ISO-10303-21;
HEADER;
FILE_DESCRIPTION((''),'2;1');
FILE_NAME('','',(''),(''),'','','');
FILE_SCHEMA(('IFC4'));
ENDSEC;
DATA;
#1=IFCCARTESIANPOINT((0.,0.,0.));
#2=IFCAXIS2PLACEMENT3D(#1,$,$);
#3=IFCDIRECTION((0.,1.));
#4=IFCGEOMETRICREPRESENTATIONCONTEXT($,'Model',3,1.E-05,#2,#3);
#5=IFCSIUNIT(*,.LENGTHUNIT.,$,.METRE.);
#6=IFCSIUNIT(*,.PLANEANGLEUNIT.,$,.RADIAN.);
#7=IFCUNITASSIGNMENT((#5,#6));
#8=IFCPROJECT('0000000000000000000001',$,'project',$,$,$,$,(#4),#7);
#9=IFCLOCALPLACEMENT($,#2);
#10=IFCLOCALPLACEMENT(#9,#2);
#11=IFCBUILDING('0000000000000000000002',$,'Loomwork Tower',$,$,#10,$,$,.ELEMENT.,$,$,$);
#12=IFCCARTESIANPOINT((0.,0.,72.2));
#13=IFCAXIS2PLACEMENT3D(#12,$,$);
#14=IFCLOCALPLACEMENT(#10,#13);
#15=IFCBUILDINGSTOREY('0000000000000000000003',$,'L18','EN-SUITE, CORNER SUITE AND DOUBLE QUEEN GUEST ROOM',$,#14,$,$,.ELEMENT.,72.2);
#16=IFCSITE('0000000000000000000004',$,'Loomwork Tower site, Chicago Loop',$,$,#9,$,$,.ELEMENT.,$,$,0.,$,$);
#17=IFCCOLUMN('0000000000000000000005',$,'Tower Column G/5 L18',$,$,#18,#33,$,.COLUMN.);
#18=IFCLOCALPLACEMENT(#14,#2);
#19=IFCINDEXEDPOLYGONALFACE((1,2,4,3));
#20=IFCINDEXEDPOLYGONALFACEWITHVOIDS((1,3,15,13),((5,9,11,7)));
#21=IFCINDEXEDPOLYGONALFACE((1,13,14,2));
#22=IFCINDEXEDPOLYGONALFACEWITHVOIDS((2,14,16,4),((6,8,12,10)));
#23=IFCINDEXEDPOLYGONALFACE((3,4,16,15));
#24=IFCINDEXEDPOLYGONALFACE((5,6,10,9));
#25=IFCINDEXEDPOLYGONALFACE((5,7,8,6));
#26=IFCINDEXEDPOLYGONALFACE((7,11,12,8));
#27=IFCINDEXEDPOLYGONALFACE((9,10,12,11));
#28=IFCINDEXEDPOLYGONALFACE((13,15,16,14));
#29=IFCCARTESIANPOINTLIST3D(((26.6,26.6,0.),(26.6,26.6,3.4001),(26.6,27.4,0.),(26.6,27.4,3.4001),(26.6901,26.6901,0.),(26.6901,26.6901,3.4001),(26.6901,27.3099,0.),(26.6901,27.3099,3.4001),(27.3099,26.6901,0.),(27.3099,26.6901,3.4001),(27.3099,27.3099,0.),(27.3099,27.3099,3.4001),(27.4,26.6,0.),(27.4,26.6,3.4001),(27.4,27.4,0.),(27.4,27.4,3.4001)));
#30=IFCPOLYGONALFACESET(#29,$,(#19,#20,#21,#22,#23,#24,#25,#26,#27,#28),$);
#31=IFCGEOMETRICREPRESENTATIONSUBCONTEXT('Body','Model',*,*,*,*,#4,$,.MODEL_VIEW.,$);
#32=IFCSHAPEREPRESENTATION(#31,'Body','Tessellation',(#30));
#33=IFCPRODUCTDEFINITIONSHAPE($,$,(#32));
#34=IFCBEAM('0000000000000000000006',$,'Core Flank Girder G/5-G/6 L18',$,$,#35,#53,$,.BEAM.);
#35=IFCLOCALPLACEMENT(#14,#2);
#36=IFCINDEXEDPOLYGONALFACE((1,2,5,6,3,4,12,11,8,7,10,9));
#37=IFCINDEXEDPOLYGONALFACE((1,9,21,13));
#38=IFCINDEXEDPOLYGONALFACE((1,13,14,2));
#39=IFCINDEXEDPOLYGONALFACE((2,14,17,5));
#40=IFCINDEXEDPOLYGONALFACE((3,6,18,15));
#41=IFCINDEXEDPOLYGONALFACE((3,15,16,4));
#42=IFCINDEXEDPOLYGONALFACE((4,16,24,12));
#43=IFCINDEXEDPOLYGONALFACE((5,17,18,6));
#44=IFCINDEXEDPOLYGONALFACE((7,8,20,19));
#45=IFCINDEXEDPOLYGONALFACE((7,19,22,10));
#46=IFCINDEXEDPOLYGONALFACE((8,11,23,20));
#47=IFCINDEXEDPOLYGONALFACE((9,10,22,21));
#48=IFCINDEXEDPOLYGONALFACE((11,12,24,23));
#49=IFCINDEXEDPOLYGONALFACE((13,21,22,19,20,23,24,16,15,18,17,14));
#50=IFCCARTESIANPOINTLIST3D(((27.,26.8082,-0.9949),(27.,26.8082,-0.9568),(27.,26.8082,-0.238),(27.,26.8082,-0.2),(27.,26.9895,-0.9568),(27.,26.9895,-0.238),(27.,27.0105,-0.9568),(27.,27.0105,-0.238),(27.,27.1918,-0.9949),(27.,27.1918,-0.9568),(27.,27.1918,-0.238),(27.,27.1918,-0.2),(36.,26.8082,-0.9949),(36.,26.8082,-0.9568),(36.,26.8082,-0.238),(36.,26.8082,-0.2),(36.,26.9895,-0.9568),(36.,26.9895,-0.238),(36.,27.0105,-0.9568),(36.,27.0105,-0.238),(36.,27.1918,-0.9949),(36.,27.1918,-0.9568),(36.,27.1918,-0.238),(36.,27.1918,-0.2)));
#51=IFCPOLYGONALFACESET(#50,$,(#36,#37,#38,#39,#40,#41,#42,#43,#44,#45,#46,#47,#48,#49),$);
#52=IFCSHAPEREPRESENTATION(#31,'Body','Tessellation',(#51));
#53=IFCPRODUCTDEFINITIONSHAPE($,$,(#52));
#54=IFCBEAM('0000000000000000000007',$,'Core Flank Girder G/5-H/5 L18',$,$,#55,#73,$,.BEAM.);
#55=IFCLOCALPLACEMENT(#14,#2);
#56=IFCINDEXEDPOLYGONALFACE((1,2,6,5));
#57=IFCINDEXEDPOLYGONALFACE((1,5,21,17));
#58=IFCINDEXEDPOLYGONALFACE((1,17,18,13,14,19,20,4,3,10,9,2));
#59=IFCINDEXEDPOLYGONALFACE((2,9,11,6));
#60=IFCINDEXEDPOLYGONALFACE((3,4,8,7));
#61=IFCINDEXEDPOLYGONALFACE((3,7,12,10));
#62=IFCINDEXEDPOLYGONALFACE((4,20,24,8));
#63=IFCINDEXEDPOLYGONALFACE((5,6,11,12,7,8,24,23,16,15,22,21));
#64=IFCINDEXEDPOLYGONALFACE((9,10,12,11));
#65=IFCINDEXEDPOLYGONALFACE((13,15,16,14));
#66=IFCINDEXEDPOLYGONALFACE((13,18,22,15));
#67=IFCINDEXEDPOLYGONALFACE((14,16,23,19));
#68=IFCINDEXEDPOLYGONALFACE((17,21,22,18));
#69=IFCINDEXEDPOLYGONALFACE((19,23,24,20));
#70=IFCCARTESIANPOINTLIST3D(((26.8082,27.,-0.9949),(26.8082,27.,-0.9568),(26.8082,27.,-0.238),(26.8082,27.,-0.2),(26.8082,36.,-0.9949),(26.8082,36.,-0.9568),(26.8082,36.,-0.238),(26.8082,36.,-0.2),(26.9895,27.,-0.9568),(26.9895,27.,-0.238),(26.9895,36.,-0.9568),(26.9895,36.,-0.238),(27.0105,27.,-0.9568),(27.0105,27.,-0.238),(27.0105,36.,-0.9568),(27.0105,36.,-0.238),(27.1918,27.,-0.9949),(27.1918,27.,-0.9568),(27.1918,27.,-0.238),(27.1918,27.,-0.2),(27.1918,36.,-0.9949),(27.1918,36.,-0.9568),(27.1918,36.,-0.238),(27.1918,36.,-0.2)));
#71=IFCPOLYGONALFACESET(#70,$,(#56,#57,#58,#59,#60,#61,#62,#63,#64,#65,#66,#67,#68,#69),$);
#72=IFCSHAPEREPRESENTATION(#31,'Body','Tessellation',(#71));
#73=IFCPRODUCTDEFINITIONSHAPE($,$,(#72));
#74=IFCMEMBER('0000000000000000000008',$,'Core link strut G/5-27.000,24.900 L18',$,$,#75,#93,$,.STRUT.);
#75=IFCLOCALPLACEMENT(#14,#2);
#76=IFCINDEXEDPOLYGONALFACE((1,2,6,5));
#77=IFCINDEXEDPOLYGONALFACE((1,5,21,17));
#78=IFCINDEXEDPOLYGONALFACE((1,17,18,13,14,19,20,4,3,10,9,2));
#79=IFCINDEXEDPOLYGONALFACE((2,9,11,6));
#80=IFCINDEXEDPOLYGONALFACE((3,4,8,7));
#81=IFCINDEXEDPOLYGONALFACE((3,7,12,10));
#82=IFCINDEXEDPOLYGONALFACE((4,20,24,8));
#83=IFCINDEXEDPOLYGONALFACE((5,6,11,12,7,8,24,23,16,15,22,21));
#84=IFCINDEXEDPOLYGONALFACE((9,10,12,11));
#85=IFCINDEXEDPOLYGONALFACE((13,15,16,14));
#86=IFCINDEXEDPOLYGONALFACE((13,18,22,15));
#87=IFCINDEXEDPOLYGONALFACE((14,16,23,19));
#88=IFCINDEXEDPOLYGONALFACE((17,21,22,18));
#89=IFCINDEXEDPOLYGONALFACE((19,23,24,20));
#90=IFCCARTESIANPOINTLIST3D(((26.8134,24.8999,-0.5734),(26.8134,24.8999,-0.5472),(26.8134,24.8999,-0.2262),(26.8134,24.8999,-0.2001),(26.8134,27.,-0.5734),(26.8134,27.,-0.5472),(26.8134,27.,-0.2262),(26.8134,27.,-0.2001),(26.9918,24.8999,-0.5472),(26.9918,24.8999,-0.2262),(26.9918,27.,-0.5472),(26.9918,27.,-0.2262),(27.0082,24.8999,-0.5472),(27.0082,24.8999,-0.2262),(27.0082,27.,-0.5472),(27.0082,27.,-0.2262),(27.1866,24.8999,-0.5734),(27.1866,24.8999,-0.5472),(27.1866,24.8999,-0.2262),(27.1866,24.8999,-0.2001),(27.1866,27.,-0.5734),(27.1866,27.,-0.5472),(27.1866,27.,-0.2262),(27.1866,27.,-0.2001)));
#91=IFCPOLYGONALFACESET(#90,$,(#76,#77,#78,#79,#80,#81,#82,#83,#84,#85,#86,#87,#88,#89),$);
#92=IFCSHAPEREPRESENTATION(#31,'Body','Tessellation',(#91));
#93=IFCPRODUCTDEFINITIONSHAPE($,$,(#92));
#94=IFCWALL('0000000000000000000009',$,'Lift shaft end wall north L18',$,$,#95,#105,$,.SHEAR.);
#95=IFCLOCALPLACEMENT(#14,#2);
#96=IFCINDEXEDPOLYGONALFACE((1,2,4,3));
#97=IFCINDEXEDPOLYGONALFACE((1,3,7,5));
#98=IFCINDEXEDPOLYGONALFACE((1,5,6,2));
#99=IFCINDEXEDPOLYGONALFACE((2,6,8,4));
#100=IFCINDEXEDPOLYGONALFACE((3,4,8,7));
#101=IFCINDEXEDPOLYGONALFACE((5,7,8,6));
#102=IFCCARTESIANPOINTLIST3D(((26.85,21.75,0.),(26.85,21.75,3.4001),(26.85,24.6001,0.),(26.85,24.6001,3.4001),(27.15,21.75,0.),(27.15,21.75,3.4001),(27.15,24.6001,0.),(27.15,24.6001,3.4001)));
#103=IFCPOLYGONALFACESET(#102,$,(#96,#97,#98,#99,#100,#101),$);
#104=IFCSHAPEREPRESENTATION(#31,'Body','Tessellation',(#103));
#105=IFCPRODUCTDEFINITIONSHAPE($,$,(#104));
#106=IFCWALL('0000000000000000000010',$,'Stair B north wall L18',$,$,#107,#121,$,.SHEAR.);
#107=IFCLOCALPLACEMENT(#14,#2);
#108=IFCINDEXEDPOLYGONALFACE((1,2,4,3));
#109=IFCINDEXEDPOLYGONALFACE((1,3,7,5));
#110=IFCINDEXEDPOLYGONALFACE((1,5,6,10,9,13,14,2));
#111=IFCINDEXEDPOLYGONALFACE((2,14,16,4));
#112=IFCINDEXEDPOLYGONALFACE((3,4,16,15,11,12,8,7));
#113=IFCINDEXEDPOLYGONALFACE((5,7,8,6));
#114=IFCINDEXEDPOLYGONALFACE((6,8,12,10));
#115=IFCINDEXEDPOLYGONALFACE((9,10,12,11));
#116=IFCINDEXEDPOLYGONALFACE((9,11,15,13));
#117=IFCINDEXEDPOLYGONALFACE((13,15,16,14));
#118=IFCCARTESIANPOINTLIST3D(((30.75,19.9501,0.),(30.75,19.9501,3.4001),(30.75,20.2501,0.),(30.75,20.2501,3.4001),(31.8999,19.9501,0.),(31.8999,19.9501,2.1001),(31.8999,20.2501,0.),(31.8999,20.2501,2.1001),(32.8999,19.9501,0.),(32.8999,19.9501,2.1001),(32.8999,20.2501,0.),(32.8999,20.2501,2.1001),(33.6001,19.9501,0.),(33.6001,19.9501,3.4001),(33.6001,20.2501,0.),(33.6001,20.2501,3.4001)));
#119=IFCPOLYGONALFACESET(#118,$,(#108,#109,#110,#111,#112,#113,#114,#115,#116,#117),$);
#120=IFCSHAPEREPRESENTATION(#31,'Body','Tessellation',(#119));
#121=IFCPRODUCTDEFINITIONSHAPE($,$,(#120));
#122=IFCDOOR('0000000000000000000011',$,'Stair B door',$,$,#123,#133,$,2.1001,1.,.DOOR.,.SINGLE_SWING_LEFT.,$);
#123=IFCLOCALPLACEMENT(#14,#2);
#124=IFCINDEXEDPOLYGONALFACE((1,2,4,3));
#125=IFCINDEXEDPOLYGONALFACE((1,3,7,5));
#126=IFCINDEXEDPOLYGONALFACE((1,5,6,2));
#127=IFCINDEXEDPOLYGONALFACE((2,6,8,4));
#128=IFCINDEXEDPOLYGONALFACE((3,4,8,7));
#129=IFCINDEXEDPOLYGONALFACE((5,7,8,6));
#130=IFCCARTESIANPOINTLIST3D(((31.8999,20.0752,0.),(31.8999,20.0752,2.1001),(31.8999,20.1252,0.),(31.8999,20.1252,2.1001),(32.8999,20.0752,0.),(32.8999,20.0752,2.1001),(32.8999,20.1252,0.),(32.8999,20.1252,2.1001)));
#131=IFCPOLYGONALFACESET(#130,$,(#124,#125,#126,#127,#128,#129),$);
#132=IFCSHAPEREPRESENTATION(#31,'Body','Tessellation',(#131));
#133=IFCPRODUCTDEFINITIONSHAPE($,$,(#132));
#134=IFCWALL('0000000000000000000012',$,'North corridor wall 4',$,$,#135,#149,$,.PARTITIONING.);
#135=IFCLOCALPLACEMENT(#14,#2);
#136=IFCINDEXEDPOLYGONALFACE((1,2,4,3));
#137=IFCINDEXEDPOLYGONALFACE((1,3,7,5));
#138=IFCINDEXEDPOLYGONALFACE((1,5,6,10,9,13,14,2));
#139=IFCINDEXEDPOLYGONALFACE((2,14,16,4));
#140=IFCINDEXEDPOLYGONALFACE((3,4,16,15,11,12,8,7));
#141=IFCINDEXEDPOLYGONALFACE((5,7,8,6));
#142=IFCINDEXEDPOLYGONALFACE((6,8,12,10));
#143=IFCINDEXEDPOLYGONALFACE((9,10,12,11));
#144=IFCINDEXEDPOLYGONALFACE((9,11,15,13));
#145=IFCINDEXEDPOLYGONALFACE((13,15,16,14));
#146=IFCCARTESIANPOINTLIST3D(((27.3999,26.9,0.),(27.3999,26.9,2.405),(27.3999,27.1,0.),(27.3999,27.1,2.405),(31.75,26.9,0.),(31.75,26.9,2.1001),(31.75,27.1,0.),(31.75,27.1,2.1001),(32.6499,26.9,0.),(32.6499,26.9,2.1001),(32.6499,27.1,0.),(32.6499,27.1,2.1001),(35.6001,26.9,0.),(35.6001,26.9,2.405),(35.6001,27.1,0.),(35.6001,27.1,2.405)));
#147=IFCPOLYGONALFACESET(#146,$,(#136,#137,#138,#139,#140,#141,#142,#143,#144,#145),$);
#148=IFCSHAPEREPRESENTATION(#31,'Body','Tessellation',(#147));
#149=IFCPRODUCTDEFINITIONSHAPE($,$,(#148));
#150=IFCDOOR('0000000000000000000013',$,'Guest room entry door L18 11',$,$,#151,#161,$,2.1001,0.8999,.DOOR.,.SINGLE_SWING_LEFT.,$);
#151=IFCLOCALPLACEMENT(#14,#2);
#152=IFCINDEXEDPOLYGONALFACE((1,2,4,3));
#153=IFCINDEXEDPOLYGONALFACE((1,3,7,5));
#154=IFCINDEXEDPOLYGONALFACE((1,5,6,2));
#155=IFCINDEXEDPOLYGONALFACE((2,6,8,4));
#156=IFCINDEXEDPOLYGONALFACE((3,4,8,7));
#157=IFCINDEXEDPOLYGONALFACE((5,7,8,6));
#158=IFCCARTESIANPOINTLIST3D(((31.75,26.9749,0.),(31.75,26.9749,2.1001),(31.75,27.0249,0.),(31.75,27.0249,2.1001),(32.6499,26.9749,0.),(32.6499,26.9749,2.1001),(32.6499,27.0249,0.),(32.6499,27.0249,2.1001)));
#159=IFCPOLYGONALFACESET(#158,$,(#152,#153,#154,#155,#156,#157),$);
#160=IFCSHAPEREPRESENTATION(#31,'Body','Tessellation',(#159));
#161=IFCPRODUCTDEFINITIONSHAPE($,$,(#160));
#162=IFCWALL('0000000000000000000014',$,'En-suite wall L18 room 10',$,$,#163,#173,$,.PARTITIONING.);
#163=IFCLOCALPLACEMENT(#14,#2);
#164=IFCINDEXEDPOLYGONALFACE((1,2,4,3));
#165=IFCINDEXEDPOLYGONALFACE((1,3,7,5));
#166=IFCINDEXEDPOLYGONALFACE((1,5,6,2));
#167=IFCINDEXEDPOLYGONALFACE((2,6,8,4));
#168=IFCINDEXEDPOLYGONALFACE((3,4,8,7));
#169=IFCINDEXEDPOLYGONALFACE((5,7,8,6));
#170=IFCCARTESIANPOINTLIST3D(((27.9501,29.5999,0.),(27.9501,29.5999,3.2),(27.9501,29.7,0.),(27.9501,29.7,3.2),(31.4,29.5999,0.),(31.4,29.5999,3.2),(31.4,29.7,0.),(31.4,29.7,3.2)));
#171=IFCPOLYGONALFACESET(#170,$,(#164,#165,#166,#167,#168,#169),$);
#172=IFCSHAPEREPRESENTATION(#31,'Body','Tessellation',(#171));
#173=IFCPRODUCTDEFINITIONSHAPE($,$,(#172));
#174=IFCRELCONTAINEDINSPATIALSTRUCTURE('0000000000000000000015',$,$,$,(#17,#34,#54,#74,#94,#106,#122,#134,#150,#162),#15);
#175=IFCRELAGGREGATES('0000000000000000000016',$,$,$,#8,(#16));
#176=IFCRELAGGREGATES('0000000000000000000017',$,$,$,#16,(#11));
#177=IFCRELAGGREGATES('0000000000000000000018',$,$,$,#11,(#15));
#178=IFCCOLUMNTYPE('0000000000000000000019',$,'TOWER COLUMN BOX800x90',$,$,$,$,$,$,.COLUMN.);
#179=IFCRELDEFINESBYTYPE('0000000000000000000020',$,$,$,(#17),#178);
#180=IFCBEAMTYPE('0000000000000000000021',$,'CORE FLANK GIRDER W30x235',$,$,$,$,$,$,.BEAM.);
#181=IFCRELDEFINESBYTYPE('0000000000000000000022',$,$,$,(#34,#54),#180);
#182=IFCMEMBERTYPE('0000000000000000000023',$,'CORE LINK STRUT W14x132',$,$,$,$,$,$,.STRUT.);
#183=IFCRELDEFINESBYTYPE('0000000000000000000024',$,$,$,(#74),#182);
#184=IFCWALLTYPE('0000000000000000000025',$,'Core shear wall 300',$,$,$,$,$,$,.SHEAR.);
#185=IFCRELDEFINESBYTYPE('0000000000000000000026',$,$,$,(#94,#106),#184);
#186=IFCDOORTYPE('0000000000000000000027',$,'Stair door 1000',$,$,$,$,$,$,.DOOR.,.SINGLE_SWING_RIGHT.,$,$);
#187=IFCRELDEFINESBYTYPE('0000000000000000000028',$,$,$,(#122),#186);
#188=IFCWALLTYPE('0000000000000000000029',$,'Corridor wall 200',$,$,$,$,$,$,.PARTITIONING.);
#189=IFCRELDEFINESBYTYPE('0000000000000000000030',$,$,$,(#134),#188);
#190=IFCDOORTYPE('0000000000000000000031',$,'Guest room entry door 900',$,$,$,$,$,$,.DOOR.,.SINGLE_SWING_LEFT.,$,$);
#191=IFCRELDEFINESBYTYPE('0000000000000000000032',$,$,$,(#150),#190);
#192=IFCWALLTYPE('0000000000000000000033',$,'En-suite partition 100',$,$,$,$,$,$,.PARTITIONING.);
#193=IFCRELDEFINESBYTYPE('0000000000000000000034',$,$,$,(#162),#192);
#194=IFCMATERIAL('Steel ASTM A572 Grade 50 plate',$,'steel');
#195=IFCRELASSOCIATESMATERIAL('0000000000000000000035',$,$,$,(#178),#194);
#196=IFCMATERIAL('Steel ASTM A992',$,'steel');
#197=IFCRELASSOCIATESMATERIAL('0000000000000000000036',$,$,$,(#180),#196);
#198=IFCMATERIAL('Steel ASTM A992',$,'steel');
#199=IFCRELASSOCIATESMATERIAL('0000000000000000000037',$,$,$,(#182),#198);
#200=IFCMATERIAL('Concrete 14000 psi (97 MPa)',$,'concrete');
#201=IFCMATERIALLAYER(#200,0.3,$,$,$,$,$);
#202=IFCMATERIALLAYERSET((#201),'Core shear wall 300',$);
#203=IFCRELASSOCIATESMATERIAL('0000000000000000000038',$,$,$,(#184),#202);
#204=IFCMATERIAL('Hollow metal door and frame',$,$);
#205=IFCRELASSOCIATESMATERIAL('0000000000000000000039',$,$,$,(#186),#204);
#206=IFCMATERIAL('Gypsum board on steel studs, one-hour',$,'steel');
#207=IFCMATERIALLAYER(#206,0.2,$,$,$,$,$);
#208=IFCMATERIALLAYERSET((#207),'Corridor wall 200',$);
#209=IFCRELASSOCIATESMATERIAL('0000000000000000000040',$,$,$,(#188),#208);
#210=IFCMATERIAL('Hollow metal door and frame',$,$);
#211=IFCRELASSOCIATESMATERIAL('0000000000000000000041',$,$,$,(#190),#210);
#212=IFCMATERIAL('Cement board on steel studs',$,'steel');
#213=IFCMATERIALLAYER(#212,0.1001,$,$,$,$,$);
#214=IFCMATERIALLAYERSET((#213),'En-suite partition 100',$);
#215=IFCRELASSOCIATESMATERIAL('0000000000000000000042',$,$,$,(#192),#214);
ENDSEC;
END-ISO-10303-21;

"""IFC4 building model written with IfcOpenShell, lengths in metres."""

from ifc_helpers import new_model, si_unit, direction, frame, frame_2d, origin, origin_2d, place, context, subcontext, project, spatial, rectangle, hollow_rectangle, i_section, extrude, material, layer, layer_set, material_profile, profile_set, type_object, element, fill, save


model = new_model("IFC4")

# Units and contexts
model_context = context("Model", 3, precision=1e-05, world=origin(), true_north=direction((0.0, 1.0)))
body_context = subcontext(model_context, "Body", "Model", "MODEL_VIEW")
ifc_project = project(units=[si_unit("LENGTHUNIT", "METRE"), si_unit("PLANEANGLEUNIT", "RADIAN")], contexts=[model_context])

# Site, building, storey
site_placement = place(None, origin())
site = spatial("IfcSite", under=ifc_project, at=site_placement, Name="Loomwork Tower site, Chicago Loop", CompositionType="ELEMENT", RefElevation=0.0)
building_placement = place(site_placement, origin())
building = spatial("IfcBuilding", under=site, at=building_placement, Name="Loomwork Tower", CompositionType="ELEMENT")
storey_placement = place(building_placement, frame((0.0, 0.0, 72.2)))
storey = spatial("IfcBuildingStorey", under=building, at=storey_placement, Name="L18", Description="EN-SUITE, CORNER SUITE AND DOUBLE QUEEN GUEST ROOM", CompositionType="ELEMENT", Elevation=72.2)

# Column
ifc_material_1 = material(Name="Steel ASTM A572 Grade 50 plate", Category="steel")
ifc_material_profile_1 = material_profile(ifc_material_1, hollow_rectangle(XDim=0.8, YDim=0.8, WallThickness=0.0901, at=origin_2d()), Name="BOX800x90")
ifc_profile_set_1 = profile_set([ifc_material_profile_1], Name="Steel ASTM A572 Grade 50 plate")
column_type = type_object("IfcColumnType", Name="TOWER COLUMN BOX800x90", PredefinedType="COLUMN", material=ifc_profile_set_1)
column_placement = place(storey_placement, frame((27.0, 27.0, 0.0), z_axis=(0.0, 0.0, 1.0), x_axis=(1.0, 0.0, 0.0)))
element("IfcColumn", 1, at=column_placement, inside=storey, type_object=column_type, Name="Tower Column G/5 L18", PredefinedType="COLUMN", context=body_context, shape_type="SweptSolid", body=[
    extrude(hollow_rectangle(XDim=0.8, YDim=0.8, WallThickness=0.0901, at=origin_2d()), origin(), (0.0, 0.0, 1.0), 3.4001),
])

# Beams
ifc_material_2 = material(Name="Steel ASTM A992", Category="steel")
ifc_material_profile_2 = material_profile(ifc_material_2, i_section(OverallWidth=0.3835, OverallDepth=0.7949, WebThickness=0.021, FlangeThickness=0.0381, at=origin_2d()), Name="W30x235")
ifc_profile_set_2 = profile_set([ifc_material_profile_2], Name="Steel ASTM A992")
beam_type = type_object("IfcBeamType", Name="CORE FLANK GIRDER W30x235", PredefinedType="BEAM", material=ifc_profile_set_2)
for number, where, z_axis, x_axis, name in (
    (2, (27.0, 27.0, -0.5974), (1.0, 0.0, 0.0), (0.0, 1.0, 0.0), "Core Flank Girder G/5-G/6 L18"),
    (3, (27.0, 27.0, -0.5974), (0.0, 1.0, 0.0), (-1.0, 0.0, 0.0), "Core Flank Girder G/5-H/5 L18"),
):
    element("IfcBeam", number, at=place(storey_placement, frame(where, z_axis=z_axis, x_axis=x_axis)), inside=storey, type_object=beam_type, Name=name, PredefinedType="BEAM", context=body_context, shape_type="SweptSolid", body=[
        extrude(i_section(OverallWidth=0.3835, OverallDepth=0.7949, WebThickness=0.021, FlangeThickness=0.0381, at=origin_2d()), origin(), (0.0, 0.0, 1.0), 9.0),
    ])

# Member
ifc_material_3 = material(Name="Steel ASTM A992", Category="steel")
ifc_material_profile_3 = material_profile(ifc_material_3, i_section(OverallWidth=0.3733, OverallDepth=0.3733, WebThickness=0.0164, FlangeThickness=0.0261, at=origin_2d()), Name="W14x132")
ifc_profile_set_3 = profile_set([ifc_material_profile_3], Name="Steel ASTM A992")
member_type = type_object("IfcMemberType", Name="CORE LINK STRUT W14x132", PredefinedType="STRUT", material=ifc_profile_set_3)
member_placement = place(storey_placement, frame((27.0, 27.0, -0.3867), z_axis=(0.0, -1.0, 0.0), x_axis=(1.0, 0.0, 0.0)))
element("IfcMember", 4, at=member_placement, inside=storey, type_object=member_type, Name="Core link strut G/5-27.000,24.900 L18", PredefinedType="STRUT", context=body_context, shape_type="SweptSolid", body=[
    extrude(i_section(OverallWidth=0.3733, OverallDepth=0.3733, WebThickness=0.0164, FlangeThickness=0.0261, at=origin_2d()), origin(), (0.0, 0.0, 1.0), 2.1001),
])

# Wall
ifc_material_4 = material(Name="Concrete 14000 psi (97 MPa)", Category="concrete")
ifc_layer_1 = layer(ifc_material_4, 0.3)
ifc_layer_set_1 = layer_set([ifc_layer_1], Name="Core shear wall 300")
wall_type_1 = type_object("IfcWallType", Name="Core shear wall 300", PredefinedType="SHEAR", material=ifc_layer_set_1)
wall_1_placement = place(storey_placement, frame((27.0, 21.75, 0.0), z_axis=(0.0, 0.0, 1.0), x_axis=(0.0, 1.0, 0.0)))
element("IfcWall", 5, at=wall_1_placement, inside=storey, type_object=wall_type_1, Name="Lift shaft end wall north L18", PredefinedType="SHEAR", context=body_context, shape_type="SweptSolid", body=[
    extrude(rectangle(XDim=2.8501, YDim=0.3, at=frame_2d((1.425, 0.0))), origin(), (0.0, 0.0, 1.0), 3.4001),
])

# Walls, openings, doors
wall_2_placement = place(storey_placement, frame((30.75, 20.1001, 0.0), z_axis=(0.0, 0.0, 1.0), x_axis=(1.0, 0.0, 0.0)))
wall_2 = element("IfcWall", 6, at=wall_2_placement, inside=storey, type_object=wall_type_1, Name="Stair B north wall L18", PredefinedType="SHEAR", context=body_context, shape_type="SweptSolid", body=[
    extrude(rectangle(XDim=2.8501, YDim=0.3, at=frame_2d((1.425, 0.0))), origin(), (0.0, 0.0, 1.0), 3.4001),
])
opening_1_placement = place(wall_2_placement, frame((1.1499, 0.0, 0.0)))
opening_1 = element("IfcOpeningElement", 7, at=opening_1_placement, cuts=wall_2, PredefinedType="OPENING", context=body_context, shape_type="SweptSolid", body=[
    extrude(rectangle(XDim=1.0, YDim=2.1001, at=frame_2d((0.5, 1.05))), frame((0.0, 0.1599, 0.0), z_axis=(0.0, -1.0, 0.0), x_axis=(1.0, 0.0, 0.0)), (0.0, 0.0, 1.0), 0.3201),
])
ifc_material_5 = material(Name="Hollow metal door and frame")
door_type_1 = type_object("IfcDoorType", Name="Stair door 1000", OperationType="SINGLE_SWING_RIGHT", PredefinedType="DOOR", material=ifc_material_5)
door_1_placement = place(opening_1_placement, frame((1.0, 0.0, 0.0), z_axis=(0.0, 0.0, 1.0), x_axis=(-1.0, 0.0, 0.0)))
door_1 = element("IfcDoor", 8, at=door_1_placement, inside=storey, type_object=door_type_1, Name="Stair B door", OperationType="SINGLE_SWING_LEFT", OverallHeight=2.1001, OverallWidth=1.0, PredefinedType="DOOR", context=body_context, shape_type="SweptSolid", body=[
    extrude(rectangle(XDim=1.0, YDim=2.1001, at=frame_2d((0.5, 1.05))), frame((0.0, 0.0249, 0.0), z_axis=(0.0, -1.0, 0.0), x_axis=(1.0, 0.0, 0.0)), (0.0, 0.0, 1.0), 0.05),
])
fill(opening_1, door_1)
ifc_material_6 = material(Name="Gypsum board on steel studs, one-hour", Category="steel")
ifc_layer_2 = layer(ifc_material_6, 0.2)
ifc_layer_set_2 = layer_set([ifc_layer_2], Name="Corridor wall 200")
wall_type_2 = type_object("IfcWallType", Name="Corridor wall 200", PredefinedType="PARTITIONING", material=ifc_layer_set_2)
wall_3_placement = place(storey_placement, frame((27.3999, 27.0, 0.0), z_axis=(0.0, 0.0, 1.0), x_axis=(1.0, 0.0, 0.0)))
wall_3 = element("IfcWall", 9, at=wall_3_placement, inside=storey, type_object=wall_type_2, Name="North corridor wall 4", PredefinedType="PARTITIONING", context=body_context, shape_type="SweptSolid", body=[
    extrude(rectangle(XDim=8.2002, YDim=0.2, at=frame_2d((4.1001, 0.0))), origin(), (0.0, 0.0, 1.0), 2.405),
])
opening_2_placement = place(wall_3_placement, frame((4.3501, 0.0, 0.0)))
opening_2 = element("IfcOpeningElement", 10, at=opening_2_placement, cuts=wall_3, PredefinedType="OPENING", context=body_context, shape_type="SweptSolid", body=[
    extrude(rectangle(XDim=0.8999, YDim=2.1001, at=frame_2d((0.45, 1.05))), frame((0.0, 0.1099, 0.0), z_axis=(0.0, -1.0, 0.0), x_axis=(1.0, 0.0, 0.0)), (0.0, 0.0, 1.0), 0.22),
])
ifc_material_7 = material(Name="Hollow metal door and frame")
door_type_2 = type_object("IfcDoorType", Name="Guest room entry door 900", OperationType="SINGLE_SWING_LEFT", PredefinedType="DOOR", material=ifc_material_7)
door_2_placement = place(opening_2_placement, origin())
door_2 = element("IfcDoor", 11, at=door_2_placement, inside=storey, type_object=door_type_2, Name="Guest room entry door L18 11", OperationType="SINGLE_SWING_LEFT", OverallHeight=2.1001, OverallWidth=0.8999, PredefinedType="DOOR", context=body_context, shape_type="SweptSolid", body=[
    extrude(rectangle(XDim=0.8999, YDim=2.1001, at=frame_2d((0.45, 1.05))), frame((0.0, 0.0249, 0.0), z_axis=(0.0, -1.0, 0.0), x_axis=(1.0, 0.0, 0.0)), (0.0, 0.0, 1.0), 0.05),
])
fill(opening_2, door_2)

# Wall
ifc_material_8 = material(Name="Cement board on steel studs", Category="steel")
ifc_layer_3 = layer(ifc_material_8, 0.1001)
ifc_layer_set_3 = layer_set([ifc_layer_3], Name="En-suite partition 100")
wall_type_3 = type_object("IfcWallType", Name="En-suite partition 100", PredefinedType="PARTITIONING", material=ifc_layer_set_3)
wall_4_placement = place(storey_placement, frame((27.95, 29.6499, 0.0), z_axis=(0.0, 0.0, 1.0), x_axis=(1.0, 0.0, 0.0)))
element("IfcWall", 12, at=wall_4_placement, inside=storey, type_object=wall_type_3, Name="En-suite wall L18 room 10", PredefinedType="PARTITIONING", context=body_context, shape_type="SweptSolid", body=[
    extrude(rectangle(XDim=3.45, YDim=0.1001, at=frame_2d((1.7251, 0.0))), origin(), (0.0, 0.0, 1.0), 3.2),
])

save(model, "model.ifc")
